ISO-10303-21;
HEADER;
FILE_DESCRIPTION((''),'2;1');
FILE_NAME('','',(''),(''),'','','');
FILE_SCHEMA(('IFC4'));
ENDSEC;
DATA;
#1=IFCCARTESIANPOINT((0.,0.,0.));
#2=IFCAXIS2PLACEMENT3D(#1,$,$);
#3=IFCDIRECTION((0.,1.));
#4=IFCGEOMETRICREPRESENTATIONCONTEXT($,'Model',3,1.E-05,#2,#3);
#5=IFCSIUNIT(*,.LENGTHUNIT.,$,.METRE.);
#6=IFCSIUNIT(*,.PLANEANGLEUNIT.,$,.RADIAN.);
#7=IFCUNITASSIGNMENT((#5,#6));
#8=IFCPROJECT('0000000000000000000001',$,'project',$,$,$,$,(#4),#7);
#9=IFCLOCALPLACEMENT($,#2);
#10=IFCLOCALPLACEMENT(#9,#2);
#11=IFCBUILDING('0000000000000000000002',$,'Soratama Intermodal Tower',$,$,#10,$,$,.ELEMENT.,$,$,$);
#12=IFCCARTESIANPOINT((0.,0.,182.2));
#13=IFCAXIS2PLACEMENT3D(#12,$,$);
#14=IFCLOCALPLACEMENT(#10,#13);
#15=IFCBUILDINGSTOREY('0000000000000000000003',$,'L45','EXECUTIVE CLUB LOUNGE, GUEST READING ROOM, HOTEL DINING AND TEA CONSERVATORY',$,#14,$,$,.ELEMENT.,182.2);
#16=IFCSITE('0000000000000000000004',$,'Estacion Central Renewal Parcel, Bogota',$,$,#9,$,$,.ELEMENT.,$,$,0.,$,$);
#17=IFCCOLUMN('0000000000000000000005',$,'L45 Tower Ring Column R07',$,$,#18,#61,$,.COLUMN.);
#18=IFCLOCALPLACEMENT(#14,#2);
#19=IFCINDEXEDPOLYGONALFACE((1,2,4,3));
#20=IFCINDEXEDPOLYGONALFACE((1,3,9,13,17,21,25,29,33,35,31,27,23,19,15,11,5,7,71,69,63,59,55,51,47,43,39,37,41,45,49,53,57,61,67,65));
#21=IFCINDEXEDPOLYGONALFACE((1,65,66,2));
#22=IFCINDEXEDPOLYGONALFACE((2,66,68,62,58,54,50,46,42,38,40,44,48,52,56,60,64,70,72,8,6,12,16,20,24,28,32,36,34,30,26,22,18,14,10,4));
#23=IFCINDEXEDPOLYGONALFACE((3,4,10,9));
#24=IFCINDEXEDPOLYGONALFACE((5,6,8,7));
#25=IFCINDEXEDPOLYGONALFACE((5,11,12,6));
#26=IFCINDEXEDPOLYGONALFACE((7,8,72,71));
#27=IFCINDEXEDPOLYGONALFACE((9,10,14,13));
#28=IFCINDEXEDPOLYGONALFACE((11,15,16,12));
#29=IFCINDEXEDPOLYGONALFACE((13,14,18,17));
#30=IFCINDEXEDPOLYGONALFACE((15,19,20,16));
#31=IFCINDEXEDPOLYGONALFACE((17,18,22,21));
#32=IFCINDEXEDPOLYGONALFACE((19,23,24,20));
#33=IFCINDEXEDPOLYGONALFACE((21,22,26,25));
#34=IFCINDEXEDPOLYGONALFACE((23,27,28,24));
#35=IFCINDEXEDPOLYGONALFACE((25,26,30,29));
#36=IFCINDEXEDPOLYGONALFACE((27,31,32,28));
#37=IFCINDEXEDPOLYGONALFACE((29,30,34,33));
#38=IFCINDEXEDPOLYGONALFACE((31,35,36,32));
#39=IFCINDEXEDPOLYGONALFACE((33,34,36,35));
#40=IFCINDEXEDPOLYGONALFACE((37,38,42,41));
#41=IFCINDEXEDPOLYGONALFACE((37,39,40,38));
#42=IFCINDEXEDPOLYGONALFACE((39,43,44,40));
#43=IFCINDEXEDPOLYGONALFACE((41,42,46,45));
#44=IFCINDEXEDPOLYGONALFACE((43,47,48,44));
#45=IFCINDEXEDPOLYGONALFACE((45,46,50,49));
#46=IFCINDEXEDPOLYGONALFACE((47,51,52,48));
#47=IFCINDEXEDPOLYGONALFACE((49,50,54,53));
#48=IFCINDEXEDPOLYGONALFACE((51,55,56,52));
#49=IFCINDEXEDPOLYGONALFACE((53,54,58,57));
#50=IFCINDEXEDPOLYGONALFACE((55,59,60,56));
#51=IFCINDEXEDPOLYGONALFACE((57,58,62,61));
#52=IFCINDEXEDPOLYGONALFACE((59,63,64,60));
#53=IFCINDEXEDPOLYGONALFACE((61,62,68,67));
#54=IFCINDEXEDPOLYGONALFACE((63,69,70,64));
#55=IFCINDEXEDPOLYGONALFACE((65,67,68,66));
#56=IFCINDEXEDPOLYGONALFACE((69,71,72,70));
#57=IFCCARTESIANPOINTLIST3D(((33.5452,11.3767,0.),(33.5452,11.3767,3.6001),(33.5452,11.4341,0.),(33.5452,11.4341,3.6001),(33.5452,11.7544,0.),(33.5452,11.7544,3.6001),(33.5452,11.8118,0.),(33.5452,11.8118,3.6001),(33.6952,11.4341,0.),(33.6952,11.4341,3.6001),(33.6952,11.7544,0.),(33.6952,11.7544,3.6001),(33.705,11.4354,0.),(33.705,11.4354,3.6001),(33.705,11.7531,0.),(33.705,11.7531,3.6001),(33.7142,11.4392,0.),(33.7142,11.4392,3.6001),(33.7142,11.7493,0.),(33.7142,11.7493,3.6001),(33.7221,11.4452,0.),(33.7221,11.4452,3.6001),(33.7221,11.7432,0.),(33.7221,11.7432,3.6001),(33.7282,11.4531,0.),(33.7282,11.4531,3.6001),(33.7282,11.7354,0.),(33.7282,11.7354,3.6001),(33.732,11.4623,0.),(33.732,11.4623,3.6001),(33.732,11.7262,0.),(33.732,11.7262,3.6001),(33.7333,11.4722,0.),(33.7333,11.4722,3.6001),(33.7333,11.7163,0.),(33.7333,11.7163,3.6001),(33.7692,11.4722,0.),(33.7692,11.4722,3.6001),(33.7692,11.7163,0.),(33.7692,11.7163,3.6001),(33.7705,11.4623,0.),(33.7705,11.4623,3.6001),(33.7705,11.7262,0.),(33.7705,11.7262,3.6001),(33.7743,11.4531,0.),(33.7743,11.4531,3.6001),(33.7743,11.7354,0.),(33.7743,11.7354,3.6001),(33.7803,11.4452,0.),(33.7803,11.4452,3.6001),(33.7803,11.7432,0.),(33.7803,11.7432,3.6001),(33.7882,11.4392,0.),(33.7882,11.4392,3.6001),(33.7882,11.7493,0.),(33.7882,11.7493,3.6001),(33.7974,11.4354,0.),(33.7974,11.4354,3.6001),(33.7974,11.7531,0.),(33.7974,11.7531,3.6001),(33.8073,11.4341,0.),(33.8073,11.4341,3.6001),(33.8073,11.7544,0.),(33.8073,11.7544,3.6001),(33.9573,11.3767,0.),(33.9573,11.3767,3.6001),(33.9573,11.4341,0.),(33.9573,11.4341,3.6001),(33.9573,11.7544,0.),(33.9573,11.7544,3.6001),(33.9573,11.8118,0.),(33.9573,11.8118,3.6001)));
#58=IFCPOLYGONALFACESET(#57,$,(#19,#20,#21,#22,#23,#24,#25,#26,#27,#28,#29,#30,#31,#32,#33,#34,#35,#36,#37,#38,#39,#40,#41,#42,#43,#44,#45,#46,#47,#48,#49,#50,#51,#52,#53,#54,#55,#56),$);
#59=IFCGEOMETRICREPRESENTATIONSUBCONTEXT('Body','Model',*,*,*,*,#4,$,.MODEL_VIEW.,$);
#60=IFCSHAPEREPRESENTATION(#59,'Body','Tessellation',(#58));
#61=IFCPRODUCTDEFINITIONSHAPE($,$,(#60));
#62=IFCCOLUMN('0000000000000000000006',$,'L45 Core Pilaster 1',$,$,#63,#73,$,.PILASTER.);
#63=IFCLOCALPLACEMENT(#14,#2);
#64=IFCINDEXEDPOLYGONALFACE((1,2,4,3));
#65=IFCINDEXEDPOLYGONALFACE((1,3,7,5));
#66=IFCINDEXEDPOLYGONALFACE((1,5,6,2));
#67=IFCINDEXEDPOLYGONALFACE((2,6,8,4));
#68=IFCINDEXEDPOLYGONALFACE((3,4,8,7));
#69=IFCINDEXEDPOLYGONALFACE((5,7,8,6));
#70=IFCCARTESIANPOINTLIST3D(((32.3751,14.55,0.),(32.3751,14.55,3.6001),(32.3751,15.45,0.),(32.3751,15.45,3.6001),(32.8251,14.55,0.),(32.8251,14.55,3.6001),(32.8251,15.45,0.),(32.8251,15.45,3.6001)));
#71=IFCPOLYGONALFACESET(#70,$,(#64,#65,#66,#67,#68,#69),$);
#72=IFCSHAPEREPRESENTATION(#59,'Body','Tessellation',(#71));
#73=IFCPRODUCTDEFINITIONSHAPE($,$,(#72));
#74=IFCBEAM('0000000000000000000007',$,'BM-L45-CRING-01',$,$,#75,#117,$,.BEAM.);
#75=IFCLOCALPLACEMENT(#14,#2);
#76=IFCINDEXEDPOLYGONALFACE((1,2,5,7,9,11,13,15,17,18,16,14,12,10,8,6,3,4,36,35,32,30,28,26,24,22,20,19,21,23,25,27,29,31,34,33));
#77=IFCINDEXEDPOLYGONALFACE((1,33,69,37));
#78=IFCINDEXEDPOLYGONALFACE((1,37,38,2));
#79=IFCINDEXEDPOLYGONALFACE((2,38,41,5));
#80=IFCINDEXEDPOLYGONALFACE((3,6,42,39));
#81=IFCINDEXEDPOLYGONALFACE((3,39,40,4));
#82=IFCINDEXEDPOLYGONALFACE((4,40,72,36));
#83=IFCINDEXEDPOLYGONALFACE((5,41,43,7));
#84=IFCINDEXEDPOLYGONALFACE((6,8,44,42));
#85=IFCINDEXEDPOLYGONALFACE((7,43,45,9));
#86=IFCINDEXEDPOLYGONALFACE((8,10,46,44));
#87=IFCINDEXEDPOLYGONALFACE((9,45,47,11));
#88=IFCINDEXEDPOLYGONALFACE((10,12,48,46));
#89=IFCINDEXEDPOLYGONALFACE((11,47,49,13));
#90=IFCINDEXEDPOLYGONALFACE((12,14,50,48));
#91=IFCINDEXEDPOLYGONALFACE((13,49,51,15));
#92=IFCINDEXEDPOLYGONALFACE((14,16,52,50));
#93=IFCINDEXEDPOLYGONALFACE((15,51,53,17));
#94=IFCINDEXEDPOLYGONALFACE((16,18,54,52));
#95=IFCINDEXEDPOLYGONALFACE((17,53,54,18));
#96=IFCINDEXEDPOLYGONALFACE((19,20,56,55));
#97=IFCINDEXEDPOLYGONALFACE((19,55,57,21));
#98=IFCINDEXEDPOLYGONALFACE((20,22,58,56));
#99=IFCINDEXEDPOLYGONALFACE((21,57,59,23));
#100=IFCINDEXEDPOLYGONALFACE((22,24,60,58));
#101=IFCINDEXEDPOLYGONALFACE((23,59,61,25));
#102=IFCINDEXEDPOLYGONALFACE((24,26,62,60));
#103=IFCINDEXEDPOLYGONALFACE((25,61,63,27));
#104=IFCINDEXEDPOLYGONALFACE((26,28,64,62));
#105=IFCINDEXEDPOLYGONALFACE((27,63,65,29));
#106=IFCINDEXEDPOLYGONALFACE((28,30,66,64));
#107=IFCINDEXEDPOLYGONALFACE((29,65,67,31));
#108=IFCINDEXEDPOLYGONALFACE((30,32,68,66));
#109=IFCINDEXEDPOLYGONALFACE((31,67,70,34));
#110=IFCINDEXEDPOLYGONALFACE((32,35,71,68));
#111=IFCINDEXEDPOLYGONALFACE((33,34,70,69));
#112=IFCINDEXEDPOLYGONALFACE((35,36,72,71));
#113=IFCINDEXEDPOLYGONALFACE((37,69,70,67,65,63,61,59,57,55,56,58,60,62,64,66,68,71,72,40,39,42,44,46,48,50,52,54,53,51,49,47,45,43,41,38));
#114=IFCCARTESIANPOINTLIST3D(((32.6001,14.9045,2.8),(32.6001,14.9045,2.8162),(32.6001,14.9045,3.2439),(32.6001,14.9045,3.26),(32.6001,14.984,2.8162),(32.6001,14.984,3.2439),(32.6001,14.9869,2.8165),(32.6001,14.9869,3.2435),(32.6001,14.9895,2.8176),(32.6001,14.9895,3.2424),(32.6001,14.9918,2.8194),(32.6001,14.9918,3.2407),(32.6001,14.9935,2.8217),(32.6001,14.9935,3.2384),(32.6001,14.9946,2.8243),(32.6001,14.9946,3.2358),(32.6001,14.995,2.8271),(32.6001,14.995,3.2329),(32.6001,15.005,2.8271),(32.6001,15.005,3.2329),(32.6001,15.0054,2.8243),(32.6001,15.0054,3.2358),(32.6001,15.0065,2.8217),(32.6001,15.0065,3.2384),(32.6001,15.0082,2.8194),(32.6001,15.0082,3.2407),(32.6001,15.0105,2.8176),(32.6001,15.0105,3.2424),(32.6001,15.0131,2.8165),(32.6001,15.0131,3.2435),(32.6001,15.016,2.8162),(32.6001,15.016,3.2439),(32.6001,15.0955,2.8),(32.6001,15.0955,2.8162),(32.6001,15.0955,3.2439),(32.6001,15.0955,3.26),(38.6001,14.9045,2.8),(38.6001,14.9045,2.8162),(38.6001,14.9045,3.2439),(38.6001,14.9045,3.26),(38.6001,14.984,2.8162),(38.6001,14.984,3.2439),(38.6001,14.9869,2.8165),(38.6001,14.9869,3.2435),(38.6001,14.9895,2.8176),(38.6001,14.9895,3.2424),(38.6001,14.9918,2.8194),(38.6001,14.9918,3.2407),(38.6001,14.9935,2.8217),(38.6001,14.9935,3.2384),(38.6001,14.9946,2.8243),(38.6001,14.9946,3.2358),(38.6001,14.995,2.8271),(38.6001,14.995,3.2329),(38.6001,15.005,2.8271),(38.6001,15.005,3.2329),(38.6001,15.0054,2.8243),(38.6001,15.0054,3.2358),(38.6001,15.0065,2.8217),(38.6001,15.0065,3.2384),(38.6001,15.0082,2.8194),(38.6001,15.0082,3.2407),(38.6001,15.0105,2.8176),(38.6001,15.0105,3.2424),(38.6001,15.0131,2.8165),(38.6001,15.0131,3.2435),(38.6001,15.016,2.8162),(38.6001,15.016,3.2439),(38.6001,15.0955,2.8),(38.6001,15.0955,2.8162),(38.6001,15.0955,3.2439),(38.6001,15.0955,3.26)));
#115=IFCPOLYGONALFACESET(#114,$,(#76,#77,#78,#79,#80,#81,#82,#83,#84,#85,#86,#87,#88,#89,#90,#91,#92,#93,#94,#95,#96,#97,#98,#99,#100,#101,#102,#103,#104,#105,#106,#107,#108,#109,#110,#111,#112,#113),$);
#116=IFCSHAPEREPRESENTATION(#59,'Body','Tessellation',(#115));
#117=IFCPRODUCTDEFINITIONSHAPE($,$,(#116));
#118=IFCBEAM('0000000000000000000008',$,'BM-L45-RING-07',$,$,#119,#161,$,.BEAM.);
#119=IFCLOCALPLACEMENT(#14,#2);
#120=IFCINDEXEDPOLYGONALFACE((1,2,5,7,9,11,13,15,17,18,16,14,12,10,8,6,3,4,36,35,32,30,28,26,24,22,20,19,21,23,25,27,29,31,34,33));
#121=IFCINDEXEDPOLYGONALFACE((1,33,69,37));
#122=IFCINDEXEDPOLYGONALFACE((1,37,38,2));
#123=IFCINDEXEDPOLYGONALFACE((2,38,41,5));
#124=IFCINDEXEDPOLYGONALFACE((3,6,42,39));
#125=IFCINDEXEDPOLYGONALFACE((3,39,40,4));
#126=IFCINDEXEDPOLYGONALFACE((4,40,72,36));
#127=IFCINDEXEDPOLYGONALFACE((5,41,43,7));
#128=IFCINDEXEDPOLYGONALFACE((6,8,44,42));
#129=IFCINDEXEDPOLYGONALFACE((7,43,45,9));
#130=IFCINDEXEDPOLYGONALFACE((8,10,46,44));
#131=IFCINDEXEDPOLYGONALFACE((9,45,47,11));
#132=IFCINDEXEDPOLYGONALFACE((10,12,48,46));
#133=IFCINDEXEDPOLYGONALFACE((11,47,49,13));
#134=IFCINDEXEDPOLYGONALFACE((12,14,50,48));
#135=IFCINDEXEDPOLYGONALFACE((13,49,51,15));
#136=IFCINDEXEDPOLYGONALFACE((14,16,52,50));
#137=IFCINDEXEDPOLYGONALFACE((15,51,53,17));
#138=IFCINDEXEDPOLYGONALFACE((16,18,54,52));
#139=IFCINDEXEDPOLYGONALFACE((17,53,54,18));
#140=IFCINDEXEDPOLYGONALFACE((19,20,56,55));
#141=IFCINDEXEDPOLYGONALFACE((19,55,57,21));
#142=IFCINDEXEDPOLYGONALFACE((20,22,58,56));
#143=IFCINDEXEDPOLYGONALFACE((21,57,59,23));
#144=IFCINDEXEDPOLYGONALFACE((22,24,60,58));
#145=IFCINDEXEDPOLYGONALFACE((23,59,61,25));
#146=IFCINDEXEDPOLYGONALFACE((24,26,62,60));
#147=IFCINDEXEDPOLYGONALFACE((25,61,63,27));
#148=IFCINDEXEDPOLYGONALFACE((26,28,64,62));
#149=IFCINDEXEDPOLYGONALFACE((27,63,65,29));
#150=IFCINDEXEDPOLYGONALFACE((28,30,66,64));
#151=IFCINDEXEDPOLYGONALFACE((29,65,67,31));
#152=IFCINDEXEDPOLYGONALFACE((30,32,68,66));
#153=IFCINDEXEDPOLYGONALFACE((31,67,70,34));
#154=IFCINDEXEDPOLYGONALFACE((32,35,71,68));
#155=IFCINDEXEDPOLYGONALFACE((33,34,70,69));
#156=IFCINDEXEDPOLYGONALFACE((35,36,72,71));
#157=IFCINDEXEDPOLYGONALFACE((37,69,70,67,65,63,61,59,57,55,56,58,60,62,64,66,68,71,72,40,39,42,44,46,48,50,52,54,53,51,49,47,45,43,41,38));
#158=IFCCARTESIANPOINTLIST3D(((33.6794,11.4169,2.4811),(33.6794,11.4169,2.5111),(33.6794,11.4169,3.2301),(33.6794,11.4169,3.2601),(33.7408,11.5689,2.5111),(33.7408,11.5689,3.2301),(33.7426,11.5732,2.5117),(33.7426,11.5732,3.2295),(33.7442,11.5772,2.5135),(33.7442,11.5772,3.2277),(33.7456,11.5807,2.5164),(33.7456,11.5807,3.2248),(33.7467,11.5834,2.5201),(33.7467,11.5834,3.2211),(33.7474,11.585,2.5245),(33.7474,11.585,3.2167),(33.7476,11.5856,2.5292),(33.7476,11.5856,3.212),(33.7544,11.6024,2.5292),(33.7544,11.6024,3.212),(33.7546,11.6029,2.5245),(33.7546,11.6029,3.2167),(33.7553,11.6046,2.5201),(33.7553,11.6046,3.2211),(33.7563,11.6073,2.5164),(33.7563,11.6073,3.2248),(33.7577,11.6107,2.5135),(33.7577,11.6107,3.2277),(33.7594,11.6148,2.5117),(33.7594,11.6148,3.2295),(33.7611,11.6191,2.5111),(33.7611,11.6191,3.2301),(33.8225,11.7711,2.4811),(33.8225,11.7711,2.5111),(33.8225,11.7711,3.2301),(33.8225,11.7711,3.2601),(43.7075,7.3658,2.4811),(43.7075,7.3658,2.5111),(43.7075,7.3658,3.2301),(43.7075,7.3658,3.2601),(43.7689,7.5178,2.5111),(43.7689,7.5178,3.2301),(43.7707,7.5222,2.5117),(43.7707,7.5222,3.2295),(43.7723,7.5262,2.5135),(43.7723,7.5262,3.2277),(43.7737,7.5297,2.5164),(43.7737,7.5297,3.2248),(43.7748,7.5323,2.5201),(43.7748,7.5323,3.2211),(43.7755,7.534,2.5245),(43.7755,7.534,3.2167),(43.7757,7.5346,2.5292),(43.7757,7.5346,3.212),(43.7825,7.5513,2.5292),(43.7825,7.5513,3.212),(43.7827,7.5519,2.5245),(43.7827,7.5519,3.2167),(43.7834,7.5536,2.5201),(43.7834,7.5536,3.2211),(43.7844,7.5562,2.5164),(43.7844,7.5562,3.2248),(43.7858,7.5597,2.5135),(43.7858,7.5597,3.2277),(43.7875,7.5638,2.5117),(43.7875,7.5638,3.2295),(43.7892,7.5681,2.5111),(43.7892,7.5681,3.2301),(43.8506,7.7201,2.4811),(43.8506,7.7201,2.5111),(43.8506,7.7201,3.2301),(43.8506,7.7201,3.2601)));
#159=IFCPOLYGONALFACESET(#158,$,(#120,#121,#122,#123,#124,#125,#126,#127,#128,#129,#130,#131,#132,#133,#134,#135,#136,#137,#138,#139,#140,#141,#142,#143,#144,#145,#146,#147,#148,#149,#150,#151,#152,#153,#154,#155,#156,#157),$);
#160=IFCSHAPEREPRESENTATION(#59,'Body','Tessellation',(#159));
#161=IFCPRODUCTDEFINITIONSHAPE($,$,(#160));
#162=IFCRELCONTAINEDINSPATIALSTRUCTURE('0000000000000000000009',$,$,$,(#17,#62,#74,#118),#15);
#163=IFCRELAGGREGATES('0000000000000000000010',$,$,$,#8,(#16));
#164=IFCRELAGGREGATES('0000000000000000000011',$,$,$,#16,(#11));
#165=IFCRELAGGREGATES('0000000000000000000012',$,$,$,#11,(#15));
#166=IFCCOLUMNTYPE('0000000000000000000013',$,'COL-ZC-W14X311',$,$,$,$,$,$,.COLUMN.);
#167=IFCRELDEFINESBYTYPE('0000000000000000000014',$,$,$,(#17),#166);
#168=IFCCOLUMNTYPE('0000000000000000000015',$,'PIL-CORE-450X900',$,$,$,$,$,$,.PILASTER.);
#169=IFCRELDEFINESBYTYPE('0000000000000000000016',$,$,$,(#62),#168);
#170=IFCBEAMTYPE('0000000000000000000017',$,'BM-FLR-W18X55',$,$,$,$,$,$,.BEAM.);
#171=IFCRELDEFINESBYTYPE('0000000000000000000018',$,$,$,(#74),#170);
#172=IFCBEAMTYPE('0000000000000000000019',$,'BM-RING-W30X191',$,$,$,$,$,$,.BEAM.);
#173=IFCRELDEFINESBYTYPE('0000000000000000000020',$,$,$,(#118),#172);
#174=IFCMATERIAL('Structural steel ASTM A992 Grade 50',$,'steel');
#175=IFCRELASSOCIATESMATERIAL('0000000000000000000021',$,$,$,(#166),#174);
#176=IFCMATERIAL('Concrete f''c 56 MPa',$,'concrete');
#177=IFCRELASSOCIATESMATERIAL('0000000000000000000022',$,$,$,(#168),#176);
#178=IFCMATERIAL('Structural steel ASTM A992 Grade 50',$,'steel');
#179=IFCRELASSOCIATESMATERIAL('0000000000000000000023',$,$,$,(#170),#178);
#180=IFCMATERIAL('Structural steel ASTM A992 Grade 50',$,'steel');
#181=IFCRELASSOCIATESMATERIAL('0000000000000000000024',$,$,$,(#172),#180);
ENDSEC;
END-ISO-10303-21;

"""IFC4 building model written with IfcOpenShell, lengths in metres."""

from ifc_helpers import new_model, si_unit, direction, frame, origin, origin_2d, place, context, subcontext, project, spatial, rectangle, i_section, extrude, material, material_profile, profile_set, type_object, element, save


model = new_model("IFC4")

# Units and contexts
model_context = context("Model", 3, precision=1e-05, world=origin(), true_north=direction((0.0, 1.0)))
body_context = subcontext(model_context, "Body", "Model", "MODEL_VIEW")
ifc_project = project(units=[si_unit("LENGTHUNIT", "METRE"), si_unit("PLANEANGLEUNIT", "RADIAN")], contexts=[model_context])

# Site, building, storey
site_placement = place(None, origin())
site = spatial("IfcSite", under=ifc_project, at=site_placement, Name="Estacion Central Renewal Parcel, Bogota", CompositionType="ELEMENT", RefElevation=0.0)
building_placement = place(site_placement, origin())
building = spatial("IfcBuilding", under=site, at=building_placement, Name="Soratama Intermodal Tower", CompositionType="ELEMENT")
storey_placement = place(building_placement, frame((0.0, 0.0, 182.2)))
storey = spatial("IfcBuildingStorey", under=building, at=storey_placement, Name="L45", Description="EXECUTIVE CLUB LOUNGE, GUEST READING ROOM, HOTEL DINING AND TEA CONSERVATORY", CompositionType="ELEMENT", Elevation=182.2)

# Columns
ifc_material_1 = material(Name="Structural steel ASTM A992 Grade 50", Category="steel")
ifc_material_profile_1 = material_profile(ifc_material_1, i_section(OverallWidth=0.4121, OverallDepth=0.4351, WebThickness=0.0359, FlangeThickness=0.0574, FilletRadius=0.0381, at=origin_2d()), Name="W14X311")
ifc_profile_set_1 = profile_set([ifc_material_profile_1], Name="Structural steel ASTM A992 Grade 50")
column_type_1 = type_object("IfcColumnType", Name="COL-ZC-W14X311", PredefinedType="COLUMN", material=ifc_profile_set_1)
column_1_placement = place(storey_placement, frame((33.7512, 11.5942, 0.0), z_axis=(0.0, 0.0, 1.0), x_axis=(1.0, 0.0, 0.0)))
element("IfcColumn", 1, at=column_1_placement, inside=storey, type_object=column_type_1, Name="L45 Tower Ring Column R07", PredefinedType="COLUMN", context=body_context, shape_type="SweptSolid", body=[
    extrude(i_section(OverallWidth=0.4121, OverallDepth=0.4351, WebThickness=0.0359, FlangeThickness=0.0574, FilletRadius=0.0381, at=origin_2d()), origin(), (0.0, 0.0, 1.0), 3.6001),
])
ifc_material_2 = material(Name="Concrete f'c 56 MPa", Category="concrete")
ifc_material_profile_2 = material_profile(ifc_material_2, rectangle(XDim=0.45, YDim=0.8999, at=origin_2d()), Name="RC450X900")
ifc_profile_set_2 = profile_set([ifc_material_profile_2], Name="Concrete f'c 56 MPa")
column_type_2 = type_object("IfcColumnType", Name="PIL-CORE-450X900", PredefinedType="PILASTER", material=ifc_profile_set_2)
column_2_placement = place(storey_placement, frame((32.6001, 15.0, 0.0), z_axis=(0.0, 0.0, 1.0), x_axis=(1.0, 0.0, 0.0)))
element("IfcColumn", 2, at=column_2_placement, inside=storey, type_object=column_type_2, Name="L45 Core Pilaster 1", PredefinedType="PILASTER", context=body_context, shape_type="SweptSolid", body=[
    extrude(rectangle(XDim=0.45, YDim=0.8999, at=origin_2d()), origin(), (0.0, 0.0, 1.0), 3.6001),
])

# Beams
ifc_material_3 = material(Name="Structural steel ASTM A992 Grade 50", Category="steel")
ifc_material_profile_3 = material_profile(ifc_material_3, i_section(OverallWidth=0.1909, OverallDepth=0.46, WebThickness=0.01, FlangeThickness=0.0161, FilletRadius=0.011, at=origin_2d()), Name="W18X55")
ifc_profile_set_3 = profile_set([ifc_material_profile_3], Name="Structural steel ASTM A992 Grade 50")
beam_type_1 = type_object("IfcBeamType", Name="BM-FLR-W18X55", PredefinedType="BEAM", material=ifc_profile_set_3)
beam_1_placement = place(storey_placement, frame((32.6001, 15.0, 3.03), z_axis=(1.0, 0.0, 0.0), x_axis=(0.0, 1.0, 0.0)))
element("IfcBeam", 3, at=beam_1_placement, inside=storey, type_object=beam_type_1, Name="BM-L45-CRING-01", PredefinedType="BEAM", context=body_context, shape_type="SweptSolid", body=[
    extrude(i_section(OverallWidth=0.1909, OverallDepth=0.46, WebThickness=0.01, FlangeThickness=0.0161, FilletRadius=0.011, at=origin_2d()), origin(), (0.0, 0.0, 1.0), 6.0),
])
ifc_material_4 = material(Name="Structural steel ASTM A992 Grade 50", Category="steel")
ifc_material_profile_4 = material_profile(ifc_material_4, i_section(OverallWidth=0.3821, OverallDepth=0.7791, WebThickness=0.0181, FlangeThickness=0.03, FilletRadius=0.0181, at=origin_2d()), Name="W30X191")
ifc_profile_set_4 = profile_set([ifc_material_profile_4], Name="Structural steel ASTM A992 Grade 50")
beam_type_2 = type_object("IfcBeamType", Name="BM-RING-W30X191", PredefinedType="BEAM", material=ifc_profile_set_4)
beam_2_placement = place(storey_placement, frame((33.751, 11.594, 2.8706), z_axis=(0.927202, -0.37456, 0.0), x_axis=(0.37456, 0.927202, 0.0)))
element("IfcBeam", 4, at=beam_2_placement, inside=storey, type_object=beam_type_2, Name="BM-L45-RING-07", PredefinedType="BEAM", context=body_context, shape_type="SweptSolid", body=[
    extrude(i_section(OverallWidth=0.3821, OverallDepth=0.7791, WebThickness=0.0181, FlangeThickness=0.03, FilletRadius=0.0181, at=origin_2d()), origin(), (0.0, 0.0, 1.0), 10.8154),
])

save(model, "model.ifc")
